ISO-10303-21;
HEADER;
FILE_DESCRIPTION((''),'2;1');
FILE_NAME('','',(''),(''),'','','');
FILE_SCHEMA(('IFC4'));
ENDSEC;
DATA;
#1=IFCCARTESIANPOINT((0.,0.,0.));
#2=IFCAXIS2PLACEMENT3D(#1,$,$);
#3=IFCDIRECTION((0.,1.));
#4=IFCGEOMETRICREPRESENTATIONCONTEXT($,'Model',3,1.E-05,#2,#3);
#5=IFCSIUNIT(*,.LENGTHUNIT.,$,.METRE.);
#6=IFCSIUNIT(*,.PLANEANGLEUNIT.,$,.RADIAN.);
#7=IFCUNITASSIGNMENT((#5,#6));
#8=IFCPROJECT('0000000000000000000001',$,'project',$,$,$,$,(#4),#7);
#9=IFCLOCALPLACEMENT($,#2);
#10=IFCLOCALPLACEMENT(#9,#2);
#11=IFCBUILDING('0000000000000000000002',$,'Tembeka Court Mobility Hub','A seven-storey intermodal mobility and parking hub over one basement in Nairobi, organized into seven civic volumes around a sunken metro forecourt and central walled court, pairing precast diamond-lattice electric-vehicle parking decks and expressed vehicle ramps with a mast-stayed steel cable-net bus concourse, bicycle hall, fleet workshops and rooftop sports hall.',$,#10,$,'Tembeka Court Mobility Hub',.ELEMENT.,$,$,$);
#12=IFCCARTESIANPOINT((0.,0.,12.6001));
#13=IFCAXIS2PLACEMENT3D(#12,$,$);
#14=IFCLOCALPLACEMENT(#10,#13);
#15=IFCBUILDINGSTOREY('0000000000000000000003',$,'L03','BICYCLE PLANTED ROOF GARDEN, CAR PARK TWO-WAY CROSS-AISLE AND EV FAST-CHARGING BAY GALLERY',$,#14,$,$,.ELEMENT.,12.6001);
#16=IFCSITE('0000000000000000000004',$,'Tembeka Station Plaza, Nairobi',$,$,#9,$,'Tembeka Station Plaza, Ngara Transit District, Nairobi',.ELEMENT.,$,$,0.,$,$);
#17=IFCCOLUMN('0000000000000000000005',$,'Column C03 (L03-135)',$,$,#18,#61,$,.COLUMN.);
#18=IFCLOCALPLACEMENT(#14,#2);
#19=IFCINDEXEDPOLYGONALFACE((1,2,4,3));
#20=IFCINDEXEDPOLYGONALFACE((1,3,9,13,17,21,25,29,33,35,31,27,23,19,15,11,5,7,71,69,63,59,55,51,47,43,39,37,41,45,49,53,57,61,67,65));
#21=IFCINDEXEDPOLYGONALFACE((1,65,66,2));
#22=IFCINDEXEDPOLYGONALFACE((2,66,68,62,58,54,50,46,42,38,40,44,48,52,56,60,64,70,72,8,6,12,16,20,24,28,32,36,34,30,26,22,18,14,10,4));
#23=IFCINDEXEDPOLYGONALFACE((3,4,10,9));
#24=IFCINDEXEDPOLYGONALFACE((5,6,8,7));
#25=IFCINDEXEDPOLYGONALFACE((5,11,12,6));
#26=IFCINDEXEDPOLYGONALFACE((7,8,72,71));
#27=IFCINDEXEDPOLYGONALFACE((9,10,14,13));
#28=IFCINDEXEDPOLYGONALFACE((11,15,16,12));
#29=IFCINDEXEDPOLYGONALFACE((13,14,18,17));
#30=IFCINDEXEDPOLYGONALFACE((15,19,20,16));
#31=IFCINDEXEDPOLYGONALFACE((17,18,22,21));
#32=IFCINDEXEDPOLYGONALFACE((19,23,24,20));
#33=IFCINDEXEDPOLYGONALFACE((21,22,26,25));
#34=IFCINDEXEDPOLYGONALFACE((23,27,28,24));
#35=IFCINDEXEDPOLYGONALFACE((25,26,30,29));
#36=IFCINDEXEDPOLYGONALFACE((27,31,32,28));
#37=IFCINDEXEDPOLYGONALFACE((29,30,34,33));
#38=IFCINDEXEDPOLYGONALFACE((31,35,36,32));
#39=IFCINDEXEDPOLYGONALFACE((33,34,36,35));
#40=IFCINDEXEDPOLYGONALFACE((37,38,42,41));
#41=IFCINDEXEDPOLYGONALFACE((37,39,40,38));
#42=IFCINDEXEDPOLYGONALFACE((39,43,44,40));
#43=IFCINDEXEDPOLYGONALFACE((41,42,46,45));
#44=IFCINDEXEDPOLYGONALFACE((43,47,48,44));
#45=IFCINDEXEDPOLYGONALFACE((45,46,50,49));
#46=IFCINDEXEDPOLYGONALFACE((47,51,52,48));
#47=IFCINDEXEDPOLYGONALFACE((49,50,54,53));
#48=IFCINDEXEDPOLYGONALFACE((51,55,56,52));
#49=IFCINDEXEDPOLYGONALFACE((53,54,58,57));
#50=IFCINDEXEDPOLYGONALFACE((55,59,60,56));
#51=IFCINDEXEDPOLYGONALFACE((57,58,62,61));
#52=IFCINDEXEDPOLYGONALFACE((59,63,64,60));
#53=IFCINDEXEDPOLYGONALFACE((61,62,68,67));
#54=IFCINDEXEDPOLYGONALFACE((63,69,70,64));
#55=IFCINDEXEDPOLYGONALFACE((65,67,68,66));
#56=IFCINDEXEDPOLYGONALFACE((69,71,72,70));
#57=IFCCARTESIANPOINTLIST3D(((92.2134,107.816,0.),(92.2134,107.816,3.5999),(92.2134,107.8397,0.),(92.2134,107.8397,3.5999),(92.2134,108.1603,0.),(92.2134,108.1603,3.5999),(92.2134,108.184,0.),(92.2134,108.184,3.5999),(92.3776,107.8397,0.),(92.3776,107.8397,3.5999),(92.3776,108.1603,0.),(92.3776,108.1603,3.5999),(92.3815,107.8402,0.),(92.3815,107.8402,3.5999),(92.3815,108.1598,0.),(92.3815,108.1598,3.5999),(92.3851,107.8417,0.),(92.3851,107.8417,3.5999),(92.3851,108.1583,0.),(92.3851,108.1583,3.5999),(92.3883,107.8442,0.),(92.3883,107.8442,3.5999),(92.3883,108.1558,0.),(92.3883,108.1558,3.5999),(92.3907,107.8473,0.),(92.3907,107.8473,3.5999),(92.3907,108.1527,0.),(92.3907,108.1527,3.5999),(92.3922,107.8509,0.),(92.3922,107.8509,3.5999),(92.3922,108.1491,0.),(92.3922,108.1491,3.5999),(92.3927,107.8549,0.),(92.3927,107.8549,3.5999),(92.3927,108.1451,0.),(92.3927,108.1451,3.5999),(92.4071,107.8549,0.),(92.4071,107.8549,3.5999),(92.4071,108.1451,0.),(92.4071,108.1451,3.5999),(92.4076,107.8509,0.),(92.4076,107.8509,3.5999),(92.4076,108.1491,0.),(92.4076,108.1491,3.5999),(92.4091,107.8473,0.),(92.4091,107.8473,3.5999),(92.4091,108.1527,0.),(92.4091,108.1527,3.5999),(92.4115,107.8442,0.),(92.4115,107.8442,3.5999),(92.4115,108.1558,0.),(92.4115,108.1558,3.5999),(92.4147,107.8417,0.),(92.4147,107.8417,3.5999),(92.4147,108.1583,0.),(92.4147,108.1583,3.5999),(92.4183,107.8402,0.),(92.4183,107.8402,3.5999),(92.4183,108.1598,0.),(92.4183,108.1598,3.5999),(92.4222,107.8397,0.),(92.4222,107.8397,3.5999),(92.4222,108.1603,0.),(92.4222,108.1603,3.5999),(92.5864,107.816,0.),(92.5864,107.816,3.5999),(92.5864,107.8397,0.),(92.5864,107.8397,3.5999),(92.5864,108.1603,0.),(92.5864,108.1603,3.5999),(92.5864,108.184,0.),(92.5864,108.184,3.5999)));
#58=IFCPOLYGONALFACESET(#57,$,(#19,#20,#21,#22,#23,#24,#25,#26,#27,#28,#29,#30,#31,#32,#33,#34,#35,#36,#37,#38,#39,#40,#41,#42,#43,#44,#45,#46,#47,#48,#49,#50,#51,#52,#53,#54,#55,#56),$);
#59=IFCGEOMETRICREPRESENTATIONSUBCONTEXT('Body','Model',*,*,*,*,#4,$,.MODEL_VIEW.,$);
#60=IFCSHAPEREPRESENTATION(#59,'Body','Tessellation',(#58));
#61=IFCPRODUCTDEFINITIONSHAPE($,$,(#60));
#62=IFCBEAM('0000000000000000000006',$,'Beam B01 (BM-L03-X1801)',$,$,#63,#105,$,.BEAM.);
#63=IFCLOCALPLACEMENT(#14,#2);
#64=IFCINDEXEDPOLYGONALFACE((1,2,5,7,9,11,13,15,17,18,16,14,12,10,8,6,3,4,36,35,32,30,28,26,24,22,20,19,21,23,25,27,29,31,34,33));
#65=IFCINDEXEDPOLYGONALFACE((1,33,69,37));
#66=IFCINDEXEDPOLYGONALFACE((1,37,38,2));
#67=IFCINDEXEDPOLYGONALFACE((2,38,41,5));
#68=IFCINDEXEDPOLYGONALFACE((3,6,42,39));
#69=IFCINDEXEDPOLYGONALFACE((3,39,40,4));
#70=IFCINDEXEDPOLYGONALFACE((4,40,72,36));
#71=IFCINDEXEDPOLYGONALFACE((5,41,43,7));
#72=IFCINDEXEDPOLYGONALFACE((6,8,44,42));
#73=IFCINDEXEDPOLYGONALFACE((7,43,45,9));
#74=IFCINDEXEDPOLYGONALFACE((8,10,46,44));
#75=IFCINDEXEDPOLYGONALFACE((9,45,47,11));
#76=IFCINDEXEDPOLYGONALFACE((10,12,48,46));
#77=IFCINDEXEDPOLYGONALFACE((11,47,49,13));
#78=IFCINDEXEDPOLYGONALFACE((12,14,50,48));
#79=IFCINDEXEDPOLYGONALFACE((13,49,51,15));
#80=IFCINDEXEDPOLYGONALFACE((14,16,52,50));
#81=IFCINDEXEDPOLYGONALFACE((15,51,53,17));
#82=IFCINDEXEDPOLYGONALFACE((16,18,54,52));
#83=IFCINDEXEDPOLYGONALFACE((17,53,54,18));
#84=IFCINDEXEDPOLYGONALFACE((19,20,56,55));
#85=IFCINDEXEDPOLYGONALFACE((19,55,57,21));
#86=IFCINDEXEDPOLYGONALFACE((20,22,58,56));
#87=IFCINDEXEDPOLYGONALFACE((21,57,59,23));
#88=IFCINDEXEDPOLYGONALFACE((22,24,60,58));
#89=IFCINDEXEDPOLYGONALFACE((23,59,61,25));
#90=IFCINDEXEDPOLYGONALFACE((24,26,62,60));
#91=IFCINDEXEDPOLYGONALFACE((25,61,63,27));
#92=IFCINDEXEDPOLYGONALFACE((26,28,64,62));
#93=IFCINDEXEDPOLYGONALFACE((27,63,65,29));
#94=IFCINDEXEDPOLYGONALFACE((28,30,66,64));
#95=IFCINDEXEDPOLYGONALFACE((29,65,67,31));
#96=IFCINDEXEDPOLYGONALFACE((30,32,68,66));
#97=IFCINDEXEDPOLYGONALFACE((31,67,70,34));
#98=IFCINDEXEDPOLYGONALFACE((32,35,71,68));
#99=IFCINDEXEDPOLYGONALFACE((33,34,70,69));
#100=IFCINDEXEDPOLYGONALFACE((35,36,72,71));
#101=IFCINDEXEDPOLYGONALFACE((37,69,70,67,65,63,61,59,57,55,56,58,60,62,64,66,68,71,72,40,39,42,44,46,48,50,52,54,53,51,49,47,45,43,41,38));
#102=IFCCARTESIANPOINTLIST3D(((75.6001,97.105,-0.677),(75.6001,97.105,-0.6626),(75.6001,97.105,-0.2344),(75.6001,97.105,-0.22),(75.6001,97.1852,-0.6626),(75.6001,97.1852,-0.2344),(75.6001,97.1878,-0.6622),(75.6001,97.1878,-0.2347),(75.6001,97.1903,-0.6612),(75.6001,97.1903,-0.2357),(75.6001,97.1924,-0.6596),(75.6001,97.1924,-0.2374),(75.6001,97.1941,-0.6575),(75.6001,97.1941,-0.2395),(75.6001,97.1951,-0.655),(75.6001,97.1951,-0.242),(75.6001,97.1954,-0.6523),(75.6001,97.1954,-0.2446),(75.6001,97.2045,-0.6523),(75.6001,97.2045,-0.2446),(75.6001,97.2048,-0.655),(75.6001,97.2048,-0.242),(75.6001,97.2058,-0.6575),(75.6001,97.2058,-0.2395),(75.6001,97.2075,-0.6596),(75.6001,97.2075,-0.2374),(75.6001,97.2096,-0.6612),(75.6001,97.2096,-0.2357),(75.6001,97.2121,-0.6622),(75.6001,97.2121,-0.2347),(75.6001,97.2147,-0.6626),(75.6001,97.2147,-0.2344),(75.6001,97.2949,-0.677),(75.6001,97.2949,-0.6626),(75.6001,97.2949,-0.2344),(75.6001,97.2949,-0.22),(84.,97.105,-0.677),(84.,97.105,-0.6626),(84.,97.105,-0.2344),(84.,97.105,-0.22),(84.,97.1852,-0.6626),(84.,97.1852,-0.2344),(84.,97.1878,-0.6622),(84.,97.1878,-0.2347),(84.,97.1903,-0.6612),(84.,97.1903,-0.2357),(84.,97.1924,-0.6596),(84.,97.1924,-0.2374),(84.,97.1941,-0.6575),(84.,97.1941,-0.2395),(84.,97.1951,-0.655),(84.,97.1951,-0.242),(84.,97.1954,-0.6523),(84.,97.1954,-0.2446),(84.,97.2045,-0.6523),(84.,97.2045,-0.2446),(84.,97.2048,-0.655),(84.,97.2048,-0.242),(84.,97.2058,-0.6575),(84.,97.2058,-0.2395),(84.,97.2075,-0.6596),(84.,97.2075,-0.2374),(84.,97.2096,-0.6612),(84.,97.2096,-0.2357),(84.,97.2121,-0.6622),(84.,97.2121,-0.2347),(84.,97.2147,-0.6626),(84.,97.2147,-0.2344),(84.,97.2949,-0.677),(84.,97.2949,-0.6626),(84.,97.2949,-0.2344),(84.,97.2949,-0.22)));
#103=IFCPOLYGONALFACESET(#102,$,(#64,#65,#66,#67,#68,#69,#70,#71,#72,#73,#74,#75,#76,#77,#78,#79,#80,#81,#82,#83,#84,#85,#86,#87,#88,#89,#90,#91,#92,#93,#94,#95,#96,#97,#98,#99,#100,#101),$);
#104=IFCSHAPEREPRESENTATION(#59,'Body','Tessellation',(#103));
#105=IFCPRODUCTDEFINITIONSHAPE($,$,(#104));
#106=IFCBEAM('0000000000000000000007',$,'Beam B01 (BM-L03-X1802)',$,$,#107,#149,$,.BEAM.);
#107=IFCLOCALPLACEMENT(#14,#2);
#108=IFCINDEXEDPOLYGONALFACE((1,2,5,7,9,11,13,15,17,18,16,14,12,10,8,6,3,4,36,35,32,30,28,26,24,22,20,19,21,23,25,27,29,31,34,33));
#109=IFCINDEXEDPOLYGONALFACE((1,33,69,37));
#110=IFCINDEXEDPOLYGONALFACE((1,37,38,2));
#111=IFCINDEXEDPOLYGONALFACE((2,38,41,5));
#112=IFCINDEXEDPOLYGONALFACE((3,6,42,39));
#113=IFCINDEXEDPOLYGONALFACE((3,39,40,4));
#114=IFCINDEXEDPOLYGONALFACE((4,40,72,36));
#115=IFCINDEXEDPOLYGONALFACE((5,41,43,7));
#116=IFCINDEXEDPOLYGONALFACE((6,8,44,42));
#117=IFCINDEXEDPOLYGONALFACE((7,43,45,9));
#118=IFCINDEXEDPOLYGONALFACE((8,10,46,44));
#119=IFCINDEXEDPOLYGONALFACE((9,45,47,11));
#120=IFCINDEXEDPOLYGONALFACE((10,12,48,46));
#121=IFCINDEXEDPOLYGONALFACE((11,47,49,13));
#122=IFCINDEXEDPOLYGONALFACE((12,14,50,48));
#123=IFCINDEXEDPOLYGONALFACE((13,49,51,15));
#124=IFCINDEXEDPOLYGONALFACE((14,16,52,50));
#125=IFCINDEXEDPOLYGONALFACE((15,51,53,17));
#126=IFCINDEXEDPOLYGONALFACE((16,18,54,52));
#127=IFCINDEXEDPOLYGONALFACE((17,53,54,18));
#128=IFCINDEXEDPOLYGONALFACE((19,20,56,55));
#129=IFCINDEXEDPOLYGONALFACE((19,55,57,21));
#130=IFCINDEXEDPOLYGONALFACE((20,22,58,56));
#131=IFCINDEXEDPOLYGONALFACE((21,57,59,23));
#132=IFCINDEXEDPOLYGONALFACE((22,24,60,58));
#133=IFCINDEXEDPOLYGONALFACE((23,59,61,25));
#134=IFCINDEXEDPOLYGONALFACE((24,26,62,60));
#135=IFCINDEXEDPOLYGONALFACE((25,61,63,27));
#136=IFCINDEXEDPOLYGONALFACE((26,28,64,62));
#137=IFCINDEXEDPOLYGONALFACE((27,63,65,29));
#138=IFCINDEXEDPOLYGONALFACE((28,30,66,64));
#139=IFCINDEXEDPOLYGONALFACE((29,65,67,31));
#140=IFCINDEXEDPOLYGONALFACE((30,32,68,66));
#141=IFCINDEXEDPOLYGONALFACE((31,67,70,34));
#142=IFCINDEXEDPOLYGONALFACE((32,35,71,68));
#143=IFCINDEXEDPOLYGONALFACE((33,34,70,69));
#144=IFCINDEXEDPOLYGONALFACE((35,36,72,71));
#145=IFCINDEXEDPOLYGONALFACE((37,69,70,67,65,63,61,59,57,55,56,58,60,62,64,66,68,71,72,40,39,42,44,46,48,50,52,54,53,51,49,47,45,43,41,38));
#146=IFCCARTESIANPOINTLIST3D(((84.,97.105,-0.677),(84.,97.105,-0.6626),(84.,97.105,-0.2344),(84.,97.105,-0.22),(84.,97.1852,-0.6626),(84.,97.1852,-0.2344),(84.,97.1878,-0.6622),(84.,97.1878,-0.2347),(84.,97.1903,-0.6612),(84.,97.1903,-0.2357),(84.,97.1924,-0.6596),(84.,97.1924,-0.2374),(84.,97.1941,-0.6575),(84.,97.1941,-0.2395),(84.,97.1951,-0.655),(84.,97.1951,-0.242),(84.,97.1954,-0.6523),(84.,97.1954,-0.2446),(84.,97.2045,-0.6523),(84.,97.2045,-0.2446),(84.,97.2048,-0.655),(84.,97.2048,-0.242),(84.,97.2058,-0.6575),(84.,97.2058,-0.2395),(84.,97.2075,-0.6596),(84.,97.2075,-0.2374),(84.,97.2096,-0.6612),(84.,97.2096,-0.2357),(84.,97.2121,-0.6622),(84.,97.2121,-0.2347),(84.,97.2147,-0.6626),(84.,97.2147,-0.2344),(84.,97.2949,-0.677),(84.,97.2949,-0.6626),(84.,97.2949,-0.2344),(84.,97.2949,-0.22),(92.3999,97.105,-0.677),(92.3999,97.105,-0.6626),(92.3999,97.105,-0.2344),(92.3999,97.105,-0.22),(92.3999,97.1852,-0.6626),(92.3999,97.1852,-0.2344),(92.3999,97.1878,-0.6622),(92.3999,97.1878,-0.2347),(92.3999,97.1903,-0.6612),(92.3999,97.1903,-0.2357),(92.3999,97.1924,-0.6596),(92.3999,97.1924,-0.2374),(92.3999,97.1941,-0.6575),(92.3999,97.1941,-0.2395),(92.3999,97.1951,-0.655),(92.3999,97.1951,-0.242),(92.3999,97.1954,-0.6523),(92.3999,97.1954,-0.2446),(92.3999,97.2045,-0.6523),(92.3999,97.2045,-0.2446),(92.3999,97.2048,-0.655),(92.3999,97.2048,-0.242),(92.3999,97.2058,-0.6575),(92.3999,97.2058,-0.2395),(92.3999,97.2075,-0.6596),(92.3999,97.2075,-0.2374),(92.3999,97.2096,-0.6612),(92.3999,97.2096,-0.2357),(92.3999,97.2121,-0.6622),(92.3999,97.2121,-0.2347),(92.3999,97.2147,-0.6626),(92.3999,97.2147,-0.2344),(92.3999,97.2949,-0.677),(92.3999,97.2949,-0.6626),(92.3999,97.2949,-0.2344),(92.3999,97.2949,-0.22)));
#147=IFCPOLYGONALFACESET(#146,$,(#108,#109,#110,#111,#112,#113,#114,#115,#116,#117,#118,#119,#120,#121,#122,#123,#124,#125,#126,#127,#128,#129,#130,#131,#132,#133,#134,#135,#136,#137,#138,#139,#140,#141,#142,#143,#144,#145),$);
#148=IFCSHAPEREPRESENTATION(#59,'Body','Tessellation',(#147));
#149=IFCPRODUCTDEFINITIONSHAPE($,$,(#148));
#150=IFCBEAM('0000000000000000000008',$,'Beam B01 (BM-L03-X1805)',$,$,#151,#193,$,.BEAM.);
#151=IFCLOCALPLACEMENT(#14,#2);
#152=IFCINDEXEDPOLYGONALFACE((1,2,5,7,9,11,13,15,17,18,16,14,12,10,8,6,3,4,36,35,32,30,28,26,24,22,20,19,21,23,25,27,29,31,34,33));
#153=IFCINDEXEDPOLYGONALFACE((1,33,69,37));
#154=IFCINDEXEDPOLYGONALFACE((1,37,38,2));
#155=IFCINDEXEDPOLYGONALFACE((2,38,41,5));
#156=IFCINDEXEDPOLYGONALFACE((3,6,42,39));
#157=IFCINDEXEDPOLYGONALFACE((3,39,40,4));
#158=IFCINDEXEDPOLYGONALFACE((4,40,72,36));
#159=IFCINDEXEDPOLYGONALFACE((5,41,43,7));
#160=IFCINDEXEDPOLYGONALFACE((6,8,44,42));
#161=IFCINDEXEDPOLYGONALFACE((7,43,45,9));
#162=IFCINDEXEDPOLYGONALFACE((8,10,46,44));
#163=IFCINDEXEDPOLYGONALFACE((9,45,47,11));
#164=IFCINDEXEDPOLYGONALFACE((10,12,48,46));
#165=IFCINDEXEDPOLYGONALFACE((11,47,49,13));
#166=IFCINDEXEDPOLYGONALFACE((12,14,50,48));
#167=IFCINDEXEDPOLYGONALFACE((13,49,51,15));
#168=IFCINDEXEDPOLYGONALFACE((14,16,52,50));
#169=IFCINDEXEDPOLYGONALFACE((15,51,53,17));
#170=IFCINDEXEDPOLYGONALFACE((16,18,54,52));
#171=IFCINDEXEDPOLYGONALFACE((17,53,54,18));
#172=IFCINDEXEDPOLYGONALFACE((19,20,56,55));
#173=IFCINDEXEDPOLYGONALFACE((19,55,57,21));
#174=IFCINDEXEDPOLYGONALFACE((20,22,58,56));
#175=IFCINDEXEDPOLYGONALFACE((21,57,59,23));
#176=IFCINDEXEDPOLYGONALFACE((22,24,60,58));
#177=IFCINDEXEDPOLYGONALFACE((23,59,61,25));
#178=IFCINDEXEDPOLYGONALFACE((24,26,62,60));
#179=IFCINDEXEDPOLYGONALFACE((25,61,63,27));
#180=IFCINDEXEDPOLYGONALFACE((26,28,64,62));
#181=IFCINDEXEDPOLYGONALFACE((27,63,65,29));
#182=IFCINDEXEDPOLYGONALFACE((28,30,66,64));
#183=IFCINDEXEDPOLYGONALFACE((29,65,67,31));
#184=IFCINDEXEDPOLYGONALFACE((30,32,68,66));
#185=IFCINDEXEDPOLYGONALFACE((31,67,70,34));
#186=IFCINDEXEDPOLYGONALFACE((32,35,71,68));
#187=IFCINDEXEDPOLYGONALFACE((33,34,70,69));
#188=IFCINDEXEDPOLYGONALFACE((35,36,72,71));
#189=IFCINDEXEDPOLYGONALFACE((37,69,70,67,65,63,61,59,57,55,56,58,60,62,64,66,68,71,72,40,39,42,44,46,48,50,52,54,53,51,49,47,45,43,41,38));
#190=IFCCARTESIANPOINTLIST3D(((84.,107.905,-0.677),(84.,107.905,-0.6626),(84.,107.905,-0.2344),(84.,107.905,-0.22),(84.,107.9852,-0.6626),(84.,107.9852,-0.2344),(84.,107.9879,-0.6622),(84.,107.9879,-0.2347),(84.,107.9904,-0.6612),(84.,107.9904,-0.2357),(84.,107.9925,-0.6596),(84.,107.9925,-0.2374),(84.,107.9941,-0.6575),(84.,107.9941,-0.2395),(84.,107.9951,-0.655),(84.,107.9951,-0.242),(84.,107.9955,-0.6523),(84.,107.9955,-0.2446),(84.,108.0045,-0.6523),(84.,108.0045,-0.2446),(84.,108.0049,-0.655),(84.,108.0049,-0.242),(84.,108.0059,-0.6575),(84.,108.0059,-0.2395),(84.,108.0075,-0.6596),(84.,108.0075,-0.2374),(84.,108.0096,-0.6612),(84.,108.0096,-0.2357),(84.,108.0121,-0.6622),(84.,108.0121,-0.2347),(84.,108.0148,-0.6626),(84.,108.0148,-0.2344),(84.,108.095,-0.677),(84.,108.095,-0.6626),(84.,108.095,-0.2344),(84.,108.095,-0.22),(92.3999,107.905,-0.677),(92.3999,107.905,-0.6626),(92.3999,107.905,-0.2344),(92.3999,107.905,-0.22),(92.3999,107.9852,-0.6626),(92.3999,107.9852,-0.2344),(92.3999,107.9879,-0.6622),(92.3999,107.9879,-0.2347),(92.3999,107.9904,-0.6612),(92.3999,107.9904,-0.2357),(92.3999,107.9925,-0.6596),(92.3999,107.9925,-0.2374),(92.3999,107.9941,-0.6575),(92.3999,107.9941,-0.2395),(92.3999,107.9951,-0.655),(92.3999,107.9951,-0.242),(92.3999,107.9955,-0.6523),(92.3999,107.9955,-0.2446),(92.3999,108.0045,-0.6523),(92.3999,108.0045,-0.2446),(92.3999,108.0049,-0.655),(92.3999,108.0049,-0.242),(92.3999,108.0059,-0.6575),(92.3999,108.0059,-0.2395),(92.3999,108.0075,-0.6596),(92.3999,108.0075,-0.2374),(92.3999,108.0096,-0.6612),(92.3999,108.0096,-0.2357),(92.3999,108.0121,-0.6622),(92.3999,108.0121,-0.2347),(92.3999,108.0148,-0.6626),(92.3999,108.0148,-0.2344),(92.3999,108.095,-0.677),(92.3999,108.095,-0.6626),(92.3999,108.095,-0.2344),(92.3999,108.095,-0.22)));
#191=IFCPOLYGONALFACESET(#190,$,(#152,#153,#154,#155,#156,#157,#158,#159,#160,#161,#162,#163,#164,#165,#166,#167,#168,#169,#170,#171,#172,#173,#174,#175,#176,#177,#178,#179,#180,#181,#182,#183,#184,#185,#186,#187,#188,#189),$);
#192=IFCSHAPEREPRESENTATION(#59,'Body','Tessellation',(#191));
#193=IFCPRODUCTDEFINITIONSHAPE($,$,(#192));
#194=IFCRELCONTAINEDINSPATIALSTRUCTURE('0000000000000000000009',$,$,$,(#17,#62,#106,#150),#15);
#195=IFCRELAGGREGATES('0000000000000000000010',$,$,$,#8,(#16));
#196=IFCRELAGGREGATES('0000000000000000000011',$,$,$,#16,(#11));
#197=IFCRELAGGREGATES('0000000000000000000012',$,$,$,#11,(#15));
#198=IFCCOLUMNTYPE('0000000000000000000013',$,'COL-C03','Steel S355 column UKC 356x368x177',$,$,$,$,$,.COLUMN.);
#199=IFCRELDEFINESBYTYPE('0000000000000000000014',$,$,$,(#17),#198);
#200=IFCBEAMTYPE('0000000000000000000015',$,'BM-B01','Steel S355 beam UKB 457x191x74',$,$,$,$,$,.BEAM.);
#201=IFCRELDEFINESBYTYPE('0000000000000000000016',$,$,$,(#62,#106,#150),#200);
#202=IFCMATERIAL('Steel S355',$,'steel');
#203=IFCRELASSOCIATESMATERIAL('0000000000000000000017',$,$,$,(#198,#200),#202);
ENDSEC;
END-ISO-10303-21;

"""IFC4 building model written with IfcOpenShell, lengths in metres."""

from ifc_helpers import new_model, si_unit, direction, frame, origin, origin_2d, place, context, subcontext, project, spatial, i_section, extrude, material, material_profile, profile_set, type_object, element, save


model = new_model("IFC4")

# Units and contexts
model_context = context("Model", 3, precision=1e-05, world=origin(), true_north=direction((0.0, 1.0)))
body_context = subcontext(model_context, "Body", "Model", "MODEL_VIEW")
ifc_project = project(units=[si_unit("LENGTHUNIT", "METRE"), si_unit("PLANEANGLEUNIT", "RADIAN")], contexts=[model_context])

# Site, building, storey
site_placement = place(None, origin())
site = spatial("IfcSite", under=ifc_project, at=site_placement, Name="Tembeka Station Plaza, Nairobi", LongName="Tembeka Station Plaza, Ngara Transit District, Nairobi", CompositionType="ELEMENT", RefElevation=0.0)
building_placement = place(site_placement, origin())
building = spatial("IfcBuilding", under=site, at=building_placement, Name="Tembeka Court Mobility Hub", Description="A seven-storey intermodal mobility and parking hub over one basement in Nairobi, organized into seven civic volumes around a sunken metro forecourt and central walled court, pairing precast diamond-lattice electric-vehicle parking decks and expressed vehicle ramps with a mast-stayed steel cable-net bus concourse, bicycle hall, fleet workshops and rooftop sports hall.", LongName="Tembeka Court Mobility Hub", CompositionType="ELEMENT")
storey_placement = place(building_placement, frame((0.0, 0.0, 12.6001)))
storey = spatial("IfcBuildingStorey", under=building, at=storey_placement, Name="L03", Description="BICYCLE PLANTED ROOF GARDEN, CAR PARK TWO-WAY CROSS-AISLE AND EV FAST-CHARGING BAY GALLERY", CompositionType="ELEMENT", Elevation=12.6001)

# Column
ifc_material_1 = material(Name="Steel S355", Category="steel")
ifc_material_profile_1 = material_profile(ifc_material_1, i_section(OverallWidth=0.373, OverallDepth=0.3679, WebThickness=0.0144, FlangeThickness=0.0237, FilletRadius=0.0151, at=origin_2d()), Name="UKC 356x368x177")
ifc_profile_set_1 = profile_set([ifc_material_profile_1], Name="Steel S355")
column_type = type_object("IfcColumnType", Name="COL-C03", Description="Steel S355 column UKC 356x368x177", PredefinedType="COLUMN", material=ifc_profile_set_1)
for number, where, z_axis, x_axis, name in (
    (1, (92.3999, 108.0, 0.0), (0.0, 0.0, 1.0), (1.0, 0.0, 0.0), "Column C03 (L03-135)"),
):
    element("IfcColumn", number, at=place(storey_placement, frame(where, z_axis=z_axis, x_axis=x_axis)), inside=storey, type_object=column_type, Name=name, PredefinedType="COLUMN", context=body_context, shape_type="SweptSolid", body=[
        extrude(i_section(OverallWidth=0.373, OverallDepth=0.3679, WebThickness=0.0144, FlangeThickness=0.0237, FilletRadius=0.0151, at=origin_2d()), origin(), (0.0, 0.0, 1.0), 3.5999),
    ])

# Beams
ifc_material_profile_2 = material_profile(ifc_material_1, i_section(OverallWidth=0.1899, OverallDepth=0.457, WebThickness=0.009, FlangeThickness=0.0144, FilletRadius=0.0103, at=origin_2d()), Name="UKB 457x191x74")
ifc_profile_set_2 = profile_set([ifc_material_profile_2], Name="Steel S355")
beam_type_1 = type_object("IfcBeamType", Name="BM-B01", Description="Steel S355 beam UKB 457x191x74", PredefinedType="BEAM", material=ifc_profile_set_2)
for number, where, z_axis, x_axis, name in (
    (2, (75.6001, 97.2, -0.4485), (1.0, 0.0, 0.0), (0.0, 1.0, 0.0), "Beam B01 (BM-L03-X1801)"),
    (3, (84.0, 97.2, -0.4485), (1.0, 0.0, 0.0), (0.0, 1.0, 0.0), "Beam B01 (BM-L03-X1802)"),
    (4, (84.0, 108.0, -0.4485), (1.0, 0.0, 0.0), (0.0, 1.0, 0.0), "Beam B01 (BM-L03-X1805)"),
):
    element("IfcBeam", number, at=place(storey_placement, frame(where, z_axis=z_axis, x_axis=x_axis)), inside=storey, type_object=beam_type_1, Name=name, PredefinedType="BEAM", context=body_context, shape_type="SweptSolid", body=[
        extrude(i_section(OverallWidth=0.1899, OverallDepth=0.457, WebThickness=0.009, FlangeThickness=0.0144, FilletRadius=0.0103, at=origin_2d()), origin(), (0.0, 0.0, 1.0), 8.3999),
    ])

save(model, "model.ifc")
